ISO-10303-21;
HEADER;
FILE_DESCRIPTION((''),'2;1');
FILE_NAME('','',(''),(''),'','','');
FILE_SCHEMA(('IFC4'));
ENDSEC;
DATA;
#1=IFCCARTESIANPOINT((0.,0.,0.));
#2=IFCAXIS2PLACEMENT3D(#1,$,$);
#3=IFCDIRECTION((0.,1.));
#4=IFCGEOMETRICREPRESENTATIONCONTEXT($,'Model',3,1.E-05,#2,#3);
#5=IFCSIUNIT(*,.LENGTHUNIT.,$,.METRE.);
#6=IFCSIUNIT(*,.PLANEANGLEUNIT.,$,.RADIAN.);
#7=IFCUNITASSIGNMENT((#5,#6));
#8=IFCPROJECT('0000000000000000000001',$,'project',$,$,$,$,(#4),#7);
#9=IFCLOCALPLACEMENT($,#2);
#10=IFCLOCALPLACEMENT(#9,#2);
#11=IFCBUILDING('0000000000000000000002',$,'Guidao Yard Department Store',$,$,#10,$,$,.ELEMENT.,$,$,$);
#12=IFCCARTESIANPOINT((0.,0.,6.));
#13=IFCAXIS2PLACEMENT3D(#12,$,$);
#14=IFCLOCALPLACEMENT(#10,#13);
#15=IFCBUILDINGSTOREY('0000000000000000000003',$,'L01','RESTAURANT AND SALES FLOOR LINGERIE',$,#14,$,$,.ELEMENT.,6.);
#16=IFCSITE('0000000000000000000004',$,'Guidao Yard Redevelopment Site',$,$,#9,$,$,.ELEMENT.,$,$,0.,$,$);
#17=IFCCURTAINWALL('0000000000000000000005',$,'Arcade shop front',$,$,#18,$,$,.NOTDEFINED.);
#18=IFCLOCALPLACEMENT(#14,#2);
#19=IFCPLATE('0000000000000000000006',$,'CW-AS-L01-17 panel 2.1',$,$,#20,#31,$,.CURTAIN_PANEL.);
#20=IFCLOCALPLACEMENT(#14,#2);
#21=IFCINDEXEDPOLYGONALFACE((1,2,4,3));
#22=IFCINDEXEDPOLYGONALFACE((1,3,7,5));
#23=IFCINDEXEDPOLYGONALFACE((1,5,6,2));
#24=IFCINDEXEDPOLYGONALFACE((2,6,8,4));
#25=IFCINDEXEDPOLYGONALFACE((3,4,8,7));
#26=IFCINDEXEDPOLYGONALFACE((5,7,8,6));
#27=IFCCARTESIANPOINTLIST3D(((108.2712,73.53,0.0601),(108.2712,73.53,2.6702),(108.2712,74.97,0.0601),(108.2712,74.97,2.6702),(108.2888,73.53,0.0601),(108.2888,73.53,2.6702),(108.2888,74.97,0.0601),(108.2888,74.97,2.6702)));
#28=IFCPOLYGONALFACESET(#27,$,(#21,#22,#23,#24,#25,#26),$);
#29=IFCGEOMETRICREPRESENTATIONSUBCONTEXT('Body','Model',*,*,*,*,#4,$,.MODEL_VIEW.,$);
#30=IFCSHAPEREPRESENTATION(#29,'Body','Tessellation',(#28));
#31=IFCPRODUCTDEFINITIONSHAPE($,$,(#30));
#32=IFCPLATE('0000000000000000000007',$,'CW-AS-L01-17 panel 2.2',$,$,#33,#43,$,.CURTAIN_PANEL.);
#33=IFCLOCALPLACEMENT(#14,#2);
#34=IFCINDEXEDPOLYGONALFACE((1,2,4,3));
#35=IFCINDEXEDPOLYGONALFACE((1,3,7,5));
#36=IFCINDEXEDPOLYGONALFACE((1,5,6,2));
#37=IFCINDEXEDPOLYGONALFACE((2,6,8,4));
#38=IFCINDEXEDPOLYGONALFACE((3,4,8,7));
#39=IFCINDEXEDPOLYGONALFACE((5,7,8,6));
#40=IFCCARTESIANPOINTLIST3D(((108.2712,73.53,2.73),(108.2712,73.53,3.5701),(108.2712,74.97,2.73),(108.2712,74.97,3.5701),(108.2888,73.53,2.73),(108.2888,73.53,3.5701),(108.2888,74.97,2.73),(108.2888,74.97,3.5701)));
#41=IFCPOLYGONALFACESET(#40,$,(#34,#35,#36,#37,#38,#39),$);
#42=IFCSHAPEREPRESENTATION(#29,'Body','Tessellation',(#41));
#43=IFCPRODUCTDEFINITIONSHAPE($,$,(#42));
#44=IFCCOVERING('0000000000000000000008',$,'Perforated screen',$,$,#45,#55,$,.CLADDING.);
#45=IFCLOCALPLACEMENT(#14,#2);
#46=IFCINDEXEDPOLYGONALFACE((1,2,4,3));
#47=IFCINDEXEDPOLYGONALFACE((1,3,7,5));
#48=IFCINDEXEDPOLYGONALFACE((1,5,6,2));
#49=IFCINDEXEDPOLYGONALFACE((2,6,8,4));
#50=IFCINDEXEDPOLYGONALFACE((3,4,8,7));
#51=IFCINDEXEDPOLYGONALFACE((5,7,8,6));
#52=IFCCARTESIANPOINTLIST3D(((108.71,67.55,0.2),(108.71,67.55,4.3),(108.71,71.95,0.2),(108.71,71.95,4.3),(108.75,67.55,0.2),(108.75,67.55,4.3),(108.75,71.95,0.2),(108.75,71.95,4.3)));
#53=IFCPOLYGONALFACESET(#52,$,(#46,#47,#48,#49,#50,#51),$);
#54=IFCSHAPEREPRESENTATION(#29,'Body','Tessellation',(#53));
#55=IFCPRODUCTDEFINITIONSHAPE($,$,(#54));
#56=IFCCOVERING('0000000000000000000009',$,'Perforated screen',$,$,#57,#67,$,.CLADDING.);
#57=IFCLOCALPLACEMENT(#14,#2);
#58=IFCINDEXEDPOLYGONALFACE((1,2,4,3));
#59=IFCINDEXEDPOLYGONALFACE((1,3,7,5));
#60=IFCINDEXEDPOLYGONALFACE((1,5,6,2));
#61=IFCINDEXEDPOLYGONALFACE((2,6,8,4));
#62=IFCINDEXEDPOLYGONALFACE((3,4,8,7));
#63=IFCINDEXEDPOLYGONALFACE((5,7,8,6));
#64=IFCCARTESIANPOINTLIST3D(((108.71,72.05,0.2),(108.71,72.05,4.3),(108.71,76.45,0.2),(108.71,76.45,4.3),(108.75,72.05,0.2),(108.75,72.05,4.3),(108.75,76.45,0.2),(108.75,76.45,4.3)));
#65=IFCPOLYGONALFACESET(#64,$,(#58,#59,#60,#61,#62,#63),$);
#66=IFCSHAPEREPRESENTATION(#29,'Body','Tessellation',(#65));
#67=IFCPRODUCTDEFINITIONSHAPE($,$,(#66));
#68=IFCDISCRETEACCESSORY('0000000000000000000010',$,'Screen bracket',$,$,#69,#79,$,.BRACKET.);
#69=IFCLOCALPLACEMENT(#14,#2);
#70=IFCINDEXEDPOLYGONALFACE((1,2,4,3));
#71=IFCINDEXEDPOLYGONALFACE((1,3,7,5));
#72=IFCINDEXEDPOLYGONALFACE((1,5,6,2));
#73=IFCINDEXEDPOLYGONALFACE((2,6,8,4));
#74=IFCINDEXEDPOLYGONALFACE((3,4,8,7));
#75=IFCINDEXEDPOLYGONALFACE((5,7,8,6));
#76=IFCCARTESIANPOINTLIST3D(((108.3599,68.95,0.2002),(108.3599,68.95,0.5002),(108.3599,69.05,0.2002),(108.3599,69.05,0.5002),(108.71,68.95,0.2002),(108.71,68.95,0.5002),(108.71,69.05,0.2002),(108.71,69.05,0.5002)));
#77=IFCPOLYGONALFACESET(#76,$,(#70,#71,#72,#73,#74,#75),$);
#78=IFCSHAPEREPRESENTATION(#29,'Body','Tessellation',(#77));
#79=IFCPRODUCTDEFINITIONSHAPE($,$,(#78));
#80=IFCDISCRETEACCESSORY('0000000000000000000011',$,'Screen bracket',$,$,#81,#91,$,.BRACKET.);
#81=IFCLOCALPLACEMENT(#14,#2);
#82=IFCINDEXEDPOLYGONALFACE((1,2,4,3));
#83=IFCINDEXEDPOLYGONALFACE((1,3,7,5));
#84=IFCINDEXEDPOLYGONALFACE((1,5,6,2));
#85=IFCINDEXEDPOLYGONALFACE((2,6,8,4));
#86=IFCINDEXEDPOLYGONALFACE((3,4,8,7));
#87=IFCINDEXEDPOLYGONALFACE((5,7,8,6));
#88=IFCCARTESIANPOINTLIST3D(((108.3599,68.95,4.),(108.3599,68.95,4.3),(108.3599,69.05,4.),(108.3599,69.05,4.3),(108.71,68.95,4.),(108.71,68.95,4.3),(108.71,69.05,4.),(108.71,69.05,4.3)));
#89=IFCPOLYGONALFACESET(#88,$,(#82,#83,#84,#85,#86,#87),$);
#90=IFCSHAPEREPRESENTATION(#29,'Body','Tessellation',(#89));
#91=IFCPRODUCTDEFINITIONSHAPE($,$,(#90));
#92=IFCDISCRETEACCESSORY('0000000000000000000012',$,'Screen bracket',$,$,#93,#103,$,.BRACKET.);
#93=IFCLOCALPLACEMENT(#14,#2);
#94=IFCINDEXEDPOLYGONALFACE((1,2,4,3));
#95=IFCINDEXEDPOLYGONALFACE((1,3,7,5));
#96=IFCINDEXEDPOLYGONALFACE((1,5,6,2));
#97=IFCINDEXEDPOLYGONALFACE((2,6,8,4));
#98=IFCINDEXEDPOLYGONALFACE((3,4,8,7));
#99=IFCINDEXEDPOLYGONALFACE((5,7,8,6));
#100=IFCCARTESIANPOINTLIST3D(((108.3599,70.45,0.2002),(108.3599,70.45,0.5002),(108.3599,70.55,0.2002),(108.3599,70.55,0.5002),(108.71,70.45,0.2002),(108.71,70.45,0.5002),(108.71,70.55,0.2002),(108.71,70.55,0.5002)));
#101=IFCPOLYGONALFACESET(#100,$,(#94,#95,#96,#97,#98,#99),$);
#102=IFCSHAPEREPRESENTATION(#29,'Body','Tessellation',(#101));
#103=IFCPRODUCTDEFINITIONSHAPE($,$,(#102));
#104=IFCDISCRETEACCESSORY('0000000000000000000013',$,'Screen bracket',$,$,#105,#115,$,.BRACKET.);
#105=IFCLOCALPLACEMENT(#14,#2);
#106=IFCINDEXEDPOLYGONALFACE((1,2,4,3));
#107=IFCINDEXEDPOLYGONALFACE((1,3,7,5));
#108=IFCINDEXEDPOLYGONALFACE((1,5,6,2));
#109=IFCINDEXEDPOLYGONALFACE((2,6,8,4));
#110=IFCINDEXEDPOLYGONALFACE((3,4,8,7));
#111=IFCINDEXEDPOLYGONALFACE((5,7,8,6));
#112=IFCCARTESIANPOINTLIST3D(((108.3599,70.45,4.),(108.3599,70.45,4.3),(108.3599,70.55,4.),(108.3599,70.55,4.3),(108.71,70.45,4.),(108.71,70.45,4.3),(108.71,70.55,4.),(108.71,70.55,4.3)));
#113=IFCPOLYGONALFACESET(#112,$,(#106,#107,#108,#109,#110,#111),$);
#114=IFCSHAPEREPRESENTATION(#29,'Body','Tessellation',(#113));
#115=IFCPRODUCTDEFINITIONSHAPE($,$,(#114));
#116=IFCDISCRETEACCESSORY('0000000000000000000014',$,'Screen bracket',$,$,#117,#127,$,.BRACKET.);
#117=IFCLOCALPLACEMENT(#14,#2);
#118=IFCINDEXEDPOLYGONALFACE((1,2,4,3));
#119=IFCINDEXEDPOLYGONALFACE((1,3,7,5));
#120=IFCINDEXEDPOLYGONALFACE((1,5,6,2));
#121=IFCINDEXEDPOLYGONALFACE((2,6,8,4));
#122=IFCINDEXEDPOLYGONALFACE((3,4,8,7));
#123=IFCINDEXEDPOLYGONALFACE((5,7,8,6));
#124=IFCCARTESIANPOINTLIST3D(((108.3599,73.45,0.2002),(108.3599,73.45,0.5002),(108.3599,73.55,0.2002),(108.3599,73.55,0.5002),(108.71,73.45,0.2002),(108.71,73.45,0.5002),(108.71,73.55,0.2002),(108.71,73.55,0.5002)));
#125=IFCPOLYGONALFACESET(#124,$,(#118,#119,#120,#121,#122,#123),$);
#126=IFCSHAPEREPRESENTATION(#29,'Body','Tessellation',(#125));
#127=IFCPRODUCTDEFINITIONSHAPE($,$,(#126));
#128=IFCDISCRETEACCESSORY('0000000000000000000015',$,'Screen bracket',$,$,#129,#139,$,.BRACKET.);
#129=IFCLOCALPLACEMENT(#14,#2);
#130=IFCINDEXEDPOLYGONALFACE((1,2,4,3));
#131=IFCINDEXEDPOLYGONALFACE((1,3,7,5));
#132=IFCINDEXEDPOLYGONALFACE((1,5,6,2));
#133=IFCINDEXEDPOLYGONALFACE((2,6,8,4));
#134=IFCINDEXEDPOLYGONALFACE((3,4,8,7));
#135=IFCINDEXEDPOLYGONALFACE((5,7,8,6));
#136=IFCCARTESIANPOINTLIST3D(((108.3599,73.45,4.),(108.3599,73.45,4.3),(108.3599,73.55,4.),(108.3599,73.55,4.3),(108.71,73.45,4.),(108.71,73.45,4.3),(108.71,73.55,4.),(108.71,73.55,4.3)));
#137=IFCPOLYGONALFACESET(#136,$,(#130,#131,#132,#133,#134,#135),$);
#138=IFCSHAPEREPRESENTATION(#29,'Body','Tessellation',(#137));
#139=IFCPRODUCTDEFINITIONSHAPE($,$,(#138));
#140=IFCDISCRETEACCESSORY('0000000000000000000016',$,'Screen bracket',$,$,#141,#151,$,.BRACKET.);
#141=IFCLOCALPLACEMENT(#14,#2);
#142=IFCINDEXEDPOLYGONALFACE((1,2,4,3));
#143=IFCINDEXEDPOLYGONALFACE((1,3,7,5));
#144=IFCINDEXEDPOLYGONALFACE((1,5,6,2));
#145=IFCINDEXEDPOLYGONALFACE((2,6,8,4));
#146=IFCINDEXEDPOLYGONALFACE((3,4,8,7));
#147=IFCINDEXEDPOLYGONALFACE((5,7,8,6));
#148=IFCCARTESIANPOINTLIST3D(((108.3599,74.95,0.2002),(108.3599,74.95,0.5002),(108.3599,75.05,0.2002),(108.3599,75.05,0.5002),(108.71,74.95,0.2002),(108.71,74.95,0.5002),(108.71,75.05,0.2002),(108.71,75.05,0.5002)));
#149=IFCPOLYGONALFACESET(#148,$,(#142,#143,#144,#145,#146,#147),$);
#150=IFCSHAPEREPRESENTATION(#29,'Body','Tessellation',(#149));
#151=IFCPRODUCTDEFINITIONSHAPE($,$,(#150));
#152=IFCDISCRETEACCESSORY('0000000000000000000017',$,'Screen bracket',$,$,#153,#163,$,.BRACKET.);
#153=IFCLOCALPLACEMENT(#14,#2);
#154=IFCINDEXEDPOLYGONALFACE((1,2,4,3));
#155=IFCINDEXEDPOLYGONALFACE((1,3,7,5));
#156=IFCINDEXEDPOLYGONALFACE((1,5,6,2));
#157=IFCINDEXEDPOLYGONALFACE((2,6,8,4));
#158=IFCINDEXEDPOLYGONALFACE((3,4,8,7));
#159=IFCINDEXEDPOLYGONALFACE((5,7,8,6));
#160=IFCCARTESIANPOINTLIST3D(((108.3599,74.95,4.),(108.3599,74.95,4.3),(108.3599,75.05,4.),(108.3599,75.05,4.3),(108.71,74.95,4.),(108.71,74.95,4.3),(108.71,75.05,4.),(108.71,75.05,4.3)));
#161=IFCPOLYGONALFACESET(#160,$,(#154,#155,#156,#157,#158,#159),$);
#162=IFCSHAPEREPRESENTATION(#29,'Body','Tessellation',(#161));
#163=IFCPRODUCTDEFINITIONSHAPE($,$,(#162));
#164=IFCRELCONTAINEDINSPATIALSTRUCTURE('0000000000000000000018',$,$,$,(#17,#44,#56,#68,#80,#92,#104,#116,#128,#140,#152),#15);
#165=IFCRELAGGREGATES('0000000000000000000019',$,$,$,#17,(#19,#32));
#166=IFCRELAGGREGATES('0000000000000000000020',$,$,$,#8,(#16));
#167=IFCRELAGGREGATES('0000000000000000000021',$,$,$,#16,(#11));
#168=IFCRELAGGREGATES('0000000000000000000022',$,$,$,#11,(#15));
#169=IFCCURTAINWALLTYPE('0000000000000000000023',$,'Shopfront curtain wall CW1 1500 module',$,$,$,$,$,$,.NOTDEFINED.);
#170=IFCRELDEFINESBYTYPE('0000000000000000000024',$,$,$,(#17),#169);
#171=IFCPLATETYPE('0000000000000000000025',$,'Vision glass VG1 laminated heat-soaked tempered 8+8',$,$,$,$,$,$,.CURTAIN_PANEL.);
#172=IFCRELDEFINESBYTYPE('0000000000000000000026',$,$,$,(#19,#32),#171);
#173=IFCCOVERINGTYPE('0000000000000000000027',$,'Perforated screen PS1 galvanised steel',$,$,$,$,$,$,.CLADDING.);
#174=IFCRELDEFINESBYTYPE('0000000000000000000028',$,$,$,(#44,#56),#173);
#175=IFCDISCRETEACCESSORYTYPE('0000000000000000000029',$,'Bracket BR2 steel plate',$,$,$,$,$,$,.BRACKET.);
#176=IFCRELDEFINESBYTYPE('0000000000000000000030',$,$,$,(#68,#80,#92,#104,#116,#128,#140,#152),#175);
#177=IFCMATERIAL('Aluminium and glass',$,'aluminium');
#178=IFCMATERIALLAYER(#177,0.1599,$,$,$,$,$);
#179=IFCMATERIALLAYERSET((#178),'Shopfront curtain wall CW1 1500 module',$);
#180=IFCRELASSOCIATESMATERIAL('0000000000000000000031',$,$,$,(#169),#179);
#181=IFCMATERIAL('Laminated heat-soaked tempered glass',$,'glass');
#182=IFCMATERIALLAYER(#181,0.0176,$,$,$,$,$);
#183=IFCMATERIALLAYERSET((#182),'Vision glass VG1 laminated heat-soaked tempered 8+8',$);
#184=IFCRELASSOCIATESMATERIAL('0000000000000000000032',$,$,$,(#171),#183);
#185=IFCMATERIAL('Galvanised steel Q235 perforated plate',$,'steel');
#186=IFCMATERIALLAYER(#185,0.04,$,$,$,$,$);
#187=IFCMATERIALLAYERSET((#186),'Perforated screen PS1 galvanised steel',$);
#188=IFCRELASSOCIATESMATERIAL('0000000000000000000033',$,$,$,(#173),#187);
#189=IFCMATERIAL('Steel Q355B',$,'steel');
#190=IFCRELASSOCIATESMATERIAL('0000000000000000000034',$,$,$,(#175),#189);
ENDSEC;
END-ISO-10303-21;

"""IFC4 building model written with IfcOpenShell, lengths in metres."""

from ifc_helpers import new_model, si_unit, direction, frame, origin, origin_2d, place, context, subcontext, project, spatial, rectangle, extrude, material, layer, layer_set, type_object, element, aggregate, save


model = new_model("IFC4")

# Units and contexts
model_context = context("Model", 3, precision=1e-05, world=origin(), true_north=direction((0.0, 1.0)))
body_context = subcontext(model_context, "Body", "Model", "MODEL_VIEW")
ifc_project = project(units=[si_unit("LENGTHUNIT", "METRE"), si_unit("PLANEANGLEUNIT", "RADIAN")], contexts=[model_context])

# Site, building, storey
site_placement = place(None, origin())
site = spatial("IfcSite", under=ifc_project, at=site_placement, Name="Guidao Yard Redevelopment Site", CompositionType="ELEMENT", RefElevation=0.0)
building_placement = place(site_placement, origin())
building = spatial("IfcBuilding", under=site, at=building_placement, Name="Guidao Yard Department Store", CompositionType="ELEMENT")
storey_placement = place(building_placement, frame((0.0, 0.0, 6.0)))
storey = spatial("IfcBuildingStorey", under=building, at=storey_placement, Name="L01", Description="RESTAURANT AND SALES FLOOR LINGERIE", CompositionType="ELEMENT", Elevation=6.0)

# Curtain wall, plates
ifc_material_1 = material(Name="Aluminium and glass", Category="aluminium")
ifc_layer_1 = layer(ifc_material_1, 0.1599)
ifc_layer_set_1 = layer_set([ifc_layer_1], Name="Shopfront curtain wall CW1 1500 module")
curtain_wall_type = type_object("IfcCurtainWallType", Name="Shopfront curtain wall CW1 1500 module", PredefinedType="NOTDEFINED", material=ifc_layer_set_1)
curtain_wall_placement = place(storey_placement, origin())
curtain_wall = element("IfcCurtainWall", 1, at=curtain_wall_placement, inside=storey, type_object=curtain_wall_type, Name="Arcade shop front", PredefinedType="NOTDEFINED")
ifc_material_2 = material(Name="Laminated heat-soaked tempered glass", Category="glass")
ifc_layer_2 = layer(ifc_material_2, 0.0176)
ifc_layer_set_2 = layer_set([ifc_layer_2], Name="Vision glass VG1 laminated heat-soaked tempered 8+8")
plate_type_1 = type_object("IfcPlateType", Name="Vision glass VG1 laminated heat-soaked tempered 8+8", PredefinedType="CURTAIN_PANEL", material=ifc_layer_set_2)
plate_1_placement = place(storey_placement, frame((108.28, 74.25, 0.0601), z_axis=(0.0, 0.0, 1.0), x_axis=(0.0, -1.0, 0.0)))
plate_1 = element("IfcPlate", 2, at=plate_1_placement, type_object=plate_type_1, Name="CW-AS-L01-17 panel 2.1", PredefinedType="CURTAIN_PANEL", context=body_context, shape_type="SweptSolid", body=[
    extrude(rectangle(XDim=1.4399, YDim=0.0176, at=origin_2d()), origin(), (0.0, 0.0, 1.0), 2.6101),
])
plate_2_placement = place(storey_placement, frame((108.28, 74.25, 2.73), z_axis=(0.0, 0.0, 1.0), x_axis=(0.0, -1.0, 0.0)))
plate_2 = element("IfcPlate", 3, at=plate_2_placement, type_object=plate_type_1, Name="CW-AS-L01-17 panel 2.2", PredefinedType="CURTAIN_PANEL", context=body_context, shape_type="SweptSolid", body=[
    extrude(rectangle(XDim=1.4399, YDim=0.0176, at=origin_2d()), origin(), (0.0, 0.0, 1.0), 0.8401),
])
aggregate(curtain_wall, [plate_1, plate_2])

# Coverings
ifc_material_3 = material(Name="Galvanised steel Q235 perforated plate", Category="steel")
ifc_layer_3 = layer(ifc_material_3, 0.04)
ifc_layer_set_3 = layer_set([ifc_layer_3], Name="Perforated screen PS1 galvanised steel")
covering_type = type_object("IfcCoveringType", Name="Perforated screen PS1 galvanised steel", PredefinedType="CLADDING", material=ifc_layer_set_3)
for number, where, z_axis, x_axis, name in (
    (4, (108.73, 69.75, 0.2), (0.0, 0.0, 1.0), (0.0, -1.0, 0.0), "Perforated screen"),
    (5, (108.73, 74.25, 0.2), (0.0, 0.0, 1.0), (0.0, -1.0, 0.0), "Perforated screen"),
):
    element("IfcCovering", number, at=place(storey_placement, frame(where, z_axis=z_axis, x_axis=x_axis)), inside=storey, type_object=covering_type, Name=name, PredefinedType="CLADDING", context=body_context, shape_type="SweptSolid", body=[
        extrude(rectangle(XDim=4.3999, YDim=0.04, at=origin_2d()), origin(), (0.0, 0.0, 1.0), 4.1001),
    ])

# Discrete accessories
ifc_material_4 = material(Name="Steel Q355B", Category="steel")
discrete_accessory_type = type_object("IfcDiscreteAccessoryType", Name="Bracket BR2 steel plate", PredefinedType="BRACKET", material=ifc_material_4)
for number, where, z_axis, x_axis, name in (
    (6, (108.5349, 69.0, 0.2002), (0.0, 0.0, 1.0), (0.0, -1.0, 0.0), "Screen bracket"),
    (7, (108.5349, 69.0, 4.0), (0.0, 0.0, 1.0), (0.0, -1.0, 0.0), "Screen bracket"),
    (8, (108.5349, 70.5, 0.2002), (0.0, 0.0, 1.0), (0.0, -1.0, 0.0), "Screen bracket"),
    (9, (108.5349, 70.5, 4.0), (0.0, 0.0, 1.0), (0.0, -1.0, 0.0), "Screen bracket"),
    (10, (108.5349, 73.5, 0.2002), (0.0, 0.0, 1.0), (0.0, -1.0, 0.0), "Screen bracket"),
    (11, (108.5349, 73.5, 4.0), (0.0, 0.0, 1.0), (0.0, -1.0, 0.0), "Screen bracket"),
    (12, (108.5349, 75.0, 0.2002), (0.0, 0.0, 1.0), (0.0, -1.0, 0.0), "Screen bracket"),
    (13, (108.5349, 75.0, 4.0), (0.0, 0.0, 1.0), (0.0, -1.0, 0.0), "Screen bracket"),
):
    element("IfcDiscreteAccessory", number, at=place(storey_placement, frame(where, z_axis=z_axis, x_axis=x_axis)), inside=storey, type_object=discrete_accessory_type, Name=name, PredefinedType="BRACKET", context=body_context, shape_type="SweptSolid", body=[
        extrude(rectangle(XDim=0.1001, YDim=0.3501, at=origin_2d()), origin(), (0.0, 0.0, 1.0), 0.3),
    ])

save(model, "model.ifc")
